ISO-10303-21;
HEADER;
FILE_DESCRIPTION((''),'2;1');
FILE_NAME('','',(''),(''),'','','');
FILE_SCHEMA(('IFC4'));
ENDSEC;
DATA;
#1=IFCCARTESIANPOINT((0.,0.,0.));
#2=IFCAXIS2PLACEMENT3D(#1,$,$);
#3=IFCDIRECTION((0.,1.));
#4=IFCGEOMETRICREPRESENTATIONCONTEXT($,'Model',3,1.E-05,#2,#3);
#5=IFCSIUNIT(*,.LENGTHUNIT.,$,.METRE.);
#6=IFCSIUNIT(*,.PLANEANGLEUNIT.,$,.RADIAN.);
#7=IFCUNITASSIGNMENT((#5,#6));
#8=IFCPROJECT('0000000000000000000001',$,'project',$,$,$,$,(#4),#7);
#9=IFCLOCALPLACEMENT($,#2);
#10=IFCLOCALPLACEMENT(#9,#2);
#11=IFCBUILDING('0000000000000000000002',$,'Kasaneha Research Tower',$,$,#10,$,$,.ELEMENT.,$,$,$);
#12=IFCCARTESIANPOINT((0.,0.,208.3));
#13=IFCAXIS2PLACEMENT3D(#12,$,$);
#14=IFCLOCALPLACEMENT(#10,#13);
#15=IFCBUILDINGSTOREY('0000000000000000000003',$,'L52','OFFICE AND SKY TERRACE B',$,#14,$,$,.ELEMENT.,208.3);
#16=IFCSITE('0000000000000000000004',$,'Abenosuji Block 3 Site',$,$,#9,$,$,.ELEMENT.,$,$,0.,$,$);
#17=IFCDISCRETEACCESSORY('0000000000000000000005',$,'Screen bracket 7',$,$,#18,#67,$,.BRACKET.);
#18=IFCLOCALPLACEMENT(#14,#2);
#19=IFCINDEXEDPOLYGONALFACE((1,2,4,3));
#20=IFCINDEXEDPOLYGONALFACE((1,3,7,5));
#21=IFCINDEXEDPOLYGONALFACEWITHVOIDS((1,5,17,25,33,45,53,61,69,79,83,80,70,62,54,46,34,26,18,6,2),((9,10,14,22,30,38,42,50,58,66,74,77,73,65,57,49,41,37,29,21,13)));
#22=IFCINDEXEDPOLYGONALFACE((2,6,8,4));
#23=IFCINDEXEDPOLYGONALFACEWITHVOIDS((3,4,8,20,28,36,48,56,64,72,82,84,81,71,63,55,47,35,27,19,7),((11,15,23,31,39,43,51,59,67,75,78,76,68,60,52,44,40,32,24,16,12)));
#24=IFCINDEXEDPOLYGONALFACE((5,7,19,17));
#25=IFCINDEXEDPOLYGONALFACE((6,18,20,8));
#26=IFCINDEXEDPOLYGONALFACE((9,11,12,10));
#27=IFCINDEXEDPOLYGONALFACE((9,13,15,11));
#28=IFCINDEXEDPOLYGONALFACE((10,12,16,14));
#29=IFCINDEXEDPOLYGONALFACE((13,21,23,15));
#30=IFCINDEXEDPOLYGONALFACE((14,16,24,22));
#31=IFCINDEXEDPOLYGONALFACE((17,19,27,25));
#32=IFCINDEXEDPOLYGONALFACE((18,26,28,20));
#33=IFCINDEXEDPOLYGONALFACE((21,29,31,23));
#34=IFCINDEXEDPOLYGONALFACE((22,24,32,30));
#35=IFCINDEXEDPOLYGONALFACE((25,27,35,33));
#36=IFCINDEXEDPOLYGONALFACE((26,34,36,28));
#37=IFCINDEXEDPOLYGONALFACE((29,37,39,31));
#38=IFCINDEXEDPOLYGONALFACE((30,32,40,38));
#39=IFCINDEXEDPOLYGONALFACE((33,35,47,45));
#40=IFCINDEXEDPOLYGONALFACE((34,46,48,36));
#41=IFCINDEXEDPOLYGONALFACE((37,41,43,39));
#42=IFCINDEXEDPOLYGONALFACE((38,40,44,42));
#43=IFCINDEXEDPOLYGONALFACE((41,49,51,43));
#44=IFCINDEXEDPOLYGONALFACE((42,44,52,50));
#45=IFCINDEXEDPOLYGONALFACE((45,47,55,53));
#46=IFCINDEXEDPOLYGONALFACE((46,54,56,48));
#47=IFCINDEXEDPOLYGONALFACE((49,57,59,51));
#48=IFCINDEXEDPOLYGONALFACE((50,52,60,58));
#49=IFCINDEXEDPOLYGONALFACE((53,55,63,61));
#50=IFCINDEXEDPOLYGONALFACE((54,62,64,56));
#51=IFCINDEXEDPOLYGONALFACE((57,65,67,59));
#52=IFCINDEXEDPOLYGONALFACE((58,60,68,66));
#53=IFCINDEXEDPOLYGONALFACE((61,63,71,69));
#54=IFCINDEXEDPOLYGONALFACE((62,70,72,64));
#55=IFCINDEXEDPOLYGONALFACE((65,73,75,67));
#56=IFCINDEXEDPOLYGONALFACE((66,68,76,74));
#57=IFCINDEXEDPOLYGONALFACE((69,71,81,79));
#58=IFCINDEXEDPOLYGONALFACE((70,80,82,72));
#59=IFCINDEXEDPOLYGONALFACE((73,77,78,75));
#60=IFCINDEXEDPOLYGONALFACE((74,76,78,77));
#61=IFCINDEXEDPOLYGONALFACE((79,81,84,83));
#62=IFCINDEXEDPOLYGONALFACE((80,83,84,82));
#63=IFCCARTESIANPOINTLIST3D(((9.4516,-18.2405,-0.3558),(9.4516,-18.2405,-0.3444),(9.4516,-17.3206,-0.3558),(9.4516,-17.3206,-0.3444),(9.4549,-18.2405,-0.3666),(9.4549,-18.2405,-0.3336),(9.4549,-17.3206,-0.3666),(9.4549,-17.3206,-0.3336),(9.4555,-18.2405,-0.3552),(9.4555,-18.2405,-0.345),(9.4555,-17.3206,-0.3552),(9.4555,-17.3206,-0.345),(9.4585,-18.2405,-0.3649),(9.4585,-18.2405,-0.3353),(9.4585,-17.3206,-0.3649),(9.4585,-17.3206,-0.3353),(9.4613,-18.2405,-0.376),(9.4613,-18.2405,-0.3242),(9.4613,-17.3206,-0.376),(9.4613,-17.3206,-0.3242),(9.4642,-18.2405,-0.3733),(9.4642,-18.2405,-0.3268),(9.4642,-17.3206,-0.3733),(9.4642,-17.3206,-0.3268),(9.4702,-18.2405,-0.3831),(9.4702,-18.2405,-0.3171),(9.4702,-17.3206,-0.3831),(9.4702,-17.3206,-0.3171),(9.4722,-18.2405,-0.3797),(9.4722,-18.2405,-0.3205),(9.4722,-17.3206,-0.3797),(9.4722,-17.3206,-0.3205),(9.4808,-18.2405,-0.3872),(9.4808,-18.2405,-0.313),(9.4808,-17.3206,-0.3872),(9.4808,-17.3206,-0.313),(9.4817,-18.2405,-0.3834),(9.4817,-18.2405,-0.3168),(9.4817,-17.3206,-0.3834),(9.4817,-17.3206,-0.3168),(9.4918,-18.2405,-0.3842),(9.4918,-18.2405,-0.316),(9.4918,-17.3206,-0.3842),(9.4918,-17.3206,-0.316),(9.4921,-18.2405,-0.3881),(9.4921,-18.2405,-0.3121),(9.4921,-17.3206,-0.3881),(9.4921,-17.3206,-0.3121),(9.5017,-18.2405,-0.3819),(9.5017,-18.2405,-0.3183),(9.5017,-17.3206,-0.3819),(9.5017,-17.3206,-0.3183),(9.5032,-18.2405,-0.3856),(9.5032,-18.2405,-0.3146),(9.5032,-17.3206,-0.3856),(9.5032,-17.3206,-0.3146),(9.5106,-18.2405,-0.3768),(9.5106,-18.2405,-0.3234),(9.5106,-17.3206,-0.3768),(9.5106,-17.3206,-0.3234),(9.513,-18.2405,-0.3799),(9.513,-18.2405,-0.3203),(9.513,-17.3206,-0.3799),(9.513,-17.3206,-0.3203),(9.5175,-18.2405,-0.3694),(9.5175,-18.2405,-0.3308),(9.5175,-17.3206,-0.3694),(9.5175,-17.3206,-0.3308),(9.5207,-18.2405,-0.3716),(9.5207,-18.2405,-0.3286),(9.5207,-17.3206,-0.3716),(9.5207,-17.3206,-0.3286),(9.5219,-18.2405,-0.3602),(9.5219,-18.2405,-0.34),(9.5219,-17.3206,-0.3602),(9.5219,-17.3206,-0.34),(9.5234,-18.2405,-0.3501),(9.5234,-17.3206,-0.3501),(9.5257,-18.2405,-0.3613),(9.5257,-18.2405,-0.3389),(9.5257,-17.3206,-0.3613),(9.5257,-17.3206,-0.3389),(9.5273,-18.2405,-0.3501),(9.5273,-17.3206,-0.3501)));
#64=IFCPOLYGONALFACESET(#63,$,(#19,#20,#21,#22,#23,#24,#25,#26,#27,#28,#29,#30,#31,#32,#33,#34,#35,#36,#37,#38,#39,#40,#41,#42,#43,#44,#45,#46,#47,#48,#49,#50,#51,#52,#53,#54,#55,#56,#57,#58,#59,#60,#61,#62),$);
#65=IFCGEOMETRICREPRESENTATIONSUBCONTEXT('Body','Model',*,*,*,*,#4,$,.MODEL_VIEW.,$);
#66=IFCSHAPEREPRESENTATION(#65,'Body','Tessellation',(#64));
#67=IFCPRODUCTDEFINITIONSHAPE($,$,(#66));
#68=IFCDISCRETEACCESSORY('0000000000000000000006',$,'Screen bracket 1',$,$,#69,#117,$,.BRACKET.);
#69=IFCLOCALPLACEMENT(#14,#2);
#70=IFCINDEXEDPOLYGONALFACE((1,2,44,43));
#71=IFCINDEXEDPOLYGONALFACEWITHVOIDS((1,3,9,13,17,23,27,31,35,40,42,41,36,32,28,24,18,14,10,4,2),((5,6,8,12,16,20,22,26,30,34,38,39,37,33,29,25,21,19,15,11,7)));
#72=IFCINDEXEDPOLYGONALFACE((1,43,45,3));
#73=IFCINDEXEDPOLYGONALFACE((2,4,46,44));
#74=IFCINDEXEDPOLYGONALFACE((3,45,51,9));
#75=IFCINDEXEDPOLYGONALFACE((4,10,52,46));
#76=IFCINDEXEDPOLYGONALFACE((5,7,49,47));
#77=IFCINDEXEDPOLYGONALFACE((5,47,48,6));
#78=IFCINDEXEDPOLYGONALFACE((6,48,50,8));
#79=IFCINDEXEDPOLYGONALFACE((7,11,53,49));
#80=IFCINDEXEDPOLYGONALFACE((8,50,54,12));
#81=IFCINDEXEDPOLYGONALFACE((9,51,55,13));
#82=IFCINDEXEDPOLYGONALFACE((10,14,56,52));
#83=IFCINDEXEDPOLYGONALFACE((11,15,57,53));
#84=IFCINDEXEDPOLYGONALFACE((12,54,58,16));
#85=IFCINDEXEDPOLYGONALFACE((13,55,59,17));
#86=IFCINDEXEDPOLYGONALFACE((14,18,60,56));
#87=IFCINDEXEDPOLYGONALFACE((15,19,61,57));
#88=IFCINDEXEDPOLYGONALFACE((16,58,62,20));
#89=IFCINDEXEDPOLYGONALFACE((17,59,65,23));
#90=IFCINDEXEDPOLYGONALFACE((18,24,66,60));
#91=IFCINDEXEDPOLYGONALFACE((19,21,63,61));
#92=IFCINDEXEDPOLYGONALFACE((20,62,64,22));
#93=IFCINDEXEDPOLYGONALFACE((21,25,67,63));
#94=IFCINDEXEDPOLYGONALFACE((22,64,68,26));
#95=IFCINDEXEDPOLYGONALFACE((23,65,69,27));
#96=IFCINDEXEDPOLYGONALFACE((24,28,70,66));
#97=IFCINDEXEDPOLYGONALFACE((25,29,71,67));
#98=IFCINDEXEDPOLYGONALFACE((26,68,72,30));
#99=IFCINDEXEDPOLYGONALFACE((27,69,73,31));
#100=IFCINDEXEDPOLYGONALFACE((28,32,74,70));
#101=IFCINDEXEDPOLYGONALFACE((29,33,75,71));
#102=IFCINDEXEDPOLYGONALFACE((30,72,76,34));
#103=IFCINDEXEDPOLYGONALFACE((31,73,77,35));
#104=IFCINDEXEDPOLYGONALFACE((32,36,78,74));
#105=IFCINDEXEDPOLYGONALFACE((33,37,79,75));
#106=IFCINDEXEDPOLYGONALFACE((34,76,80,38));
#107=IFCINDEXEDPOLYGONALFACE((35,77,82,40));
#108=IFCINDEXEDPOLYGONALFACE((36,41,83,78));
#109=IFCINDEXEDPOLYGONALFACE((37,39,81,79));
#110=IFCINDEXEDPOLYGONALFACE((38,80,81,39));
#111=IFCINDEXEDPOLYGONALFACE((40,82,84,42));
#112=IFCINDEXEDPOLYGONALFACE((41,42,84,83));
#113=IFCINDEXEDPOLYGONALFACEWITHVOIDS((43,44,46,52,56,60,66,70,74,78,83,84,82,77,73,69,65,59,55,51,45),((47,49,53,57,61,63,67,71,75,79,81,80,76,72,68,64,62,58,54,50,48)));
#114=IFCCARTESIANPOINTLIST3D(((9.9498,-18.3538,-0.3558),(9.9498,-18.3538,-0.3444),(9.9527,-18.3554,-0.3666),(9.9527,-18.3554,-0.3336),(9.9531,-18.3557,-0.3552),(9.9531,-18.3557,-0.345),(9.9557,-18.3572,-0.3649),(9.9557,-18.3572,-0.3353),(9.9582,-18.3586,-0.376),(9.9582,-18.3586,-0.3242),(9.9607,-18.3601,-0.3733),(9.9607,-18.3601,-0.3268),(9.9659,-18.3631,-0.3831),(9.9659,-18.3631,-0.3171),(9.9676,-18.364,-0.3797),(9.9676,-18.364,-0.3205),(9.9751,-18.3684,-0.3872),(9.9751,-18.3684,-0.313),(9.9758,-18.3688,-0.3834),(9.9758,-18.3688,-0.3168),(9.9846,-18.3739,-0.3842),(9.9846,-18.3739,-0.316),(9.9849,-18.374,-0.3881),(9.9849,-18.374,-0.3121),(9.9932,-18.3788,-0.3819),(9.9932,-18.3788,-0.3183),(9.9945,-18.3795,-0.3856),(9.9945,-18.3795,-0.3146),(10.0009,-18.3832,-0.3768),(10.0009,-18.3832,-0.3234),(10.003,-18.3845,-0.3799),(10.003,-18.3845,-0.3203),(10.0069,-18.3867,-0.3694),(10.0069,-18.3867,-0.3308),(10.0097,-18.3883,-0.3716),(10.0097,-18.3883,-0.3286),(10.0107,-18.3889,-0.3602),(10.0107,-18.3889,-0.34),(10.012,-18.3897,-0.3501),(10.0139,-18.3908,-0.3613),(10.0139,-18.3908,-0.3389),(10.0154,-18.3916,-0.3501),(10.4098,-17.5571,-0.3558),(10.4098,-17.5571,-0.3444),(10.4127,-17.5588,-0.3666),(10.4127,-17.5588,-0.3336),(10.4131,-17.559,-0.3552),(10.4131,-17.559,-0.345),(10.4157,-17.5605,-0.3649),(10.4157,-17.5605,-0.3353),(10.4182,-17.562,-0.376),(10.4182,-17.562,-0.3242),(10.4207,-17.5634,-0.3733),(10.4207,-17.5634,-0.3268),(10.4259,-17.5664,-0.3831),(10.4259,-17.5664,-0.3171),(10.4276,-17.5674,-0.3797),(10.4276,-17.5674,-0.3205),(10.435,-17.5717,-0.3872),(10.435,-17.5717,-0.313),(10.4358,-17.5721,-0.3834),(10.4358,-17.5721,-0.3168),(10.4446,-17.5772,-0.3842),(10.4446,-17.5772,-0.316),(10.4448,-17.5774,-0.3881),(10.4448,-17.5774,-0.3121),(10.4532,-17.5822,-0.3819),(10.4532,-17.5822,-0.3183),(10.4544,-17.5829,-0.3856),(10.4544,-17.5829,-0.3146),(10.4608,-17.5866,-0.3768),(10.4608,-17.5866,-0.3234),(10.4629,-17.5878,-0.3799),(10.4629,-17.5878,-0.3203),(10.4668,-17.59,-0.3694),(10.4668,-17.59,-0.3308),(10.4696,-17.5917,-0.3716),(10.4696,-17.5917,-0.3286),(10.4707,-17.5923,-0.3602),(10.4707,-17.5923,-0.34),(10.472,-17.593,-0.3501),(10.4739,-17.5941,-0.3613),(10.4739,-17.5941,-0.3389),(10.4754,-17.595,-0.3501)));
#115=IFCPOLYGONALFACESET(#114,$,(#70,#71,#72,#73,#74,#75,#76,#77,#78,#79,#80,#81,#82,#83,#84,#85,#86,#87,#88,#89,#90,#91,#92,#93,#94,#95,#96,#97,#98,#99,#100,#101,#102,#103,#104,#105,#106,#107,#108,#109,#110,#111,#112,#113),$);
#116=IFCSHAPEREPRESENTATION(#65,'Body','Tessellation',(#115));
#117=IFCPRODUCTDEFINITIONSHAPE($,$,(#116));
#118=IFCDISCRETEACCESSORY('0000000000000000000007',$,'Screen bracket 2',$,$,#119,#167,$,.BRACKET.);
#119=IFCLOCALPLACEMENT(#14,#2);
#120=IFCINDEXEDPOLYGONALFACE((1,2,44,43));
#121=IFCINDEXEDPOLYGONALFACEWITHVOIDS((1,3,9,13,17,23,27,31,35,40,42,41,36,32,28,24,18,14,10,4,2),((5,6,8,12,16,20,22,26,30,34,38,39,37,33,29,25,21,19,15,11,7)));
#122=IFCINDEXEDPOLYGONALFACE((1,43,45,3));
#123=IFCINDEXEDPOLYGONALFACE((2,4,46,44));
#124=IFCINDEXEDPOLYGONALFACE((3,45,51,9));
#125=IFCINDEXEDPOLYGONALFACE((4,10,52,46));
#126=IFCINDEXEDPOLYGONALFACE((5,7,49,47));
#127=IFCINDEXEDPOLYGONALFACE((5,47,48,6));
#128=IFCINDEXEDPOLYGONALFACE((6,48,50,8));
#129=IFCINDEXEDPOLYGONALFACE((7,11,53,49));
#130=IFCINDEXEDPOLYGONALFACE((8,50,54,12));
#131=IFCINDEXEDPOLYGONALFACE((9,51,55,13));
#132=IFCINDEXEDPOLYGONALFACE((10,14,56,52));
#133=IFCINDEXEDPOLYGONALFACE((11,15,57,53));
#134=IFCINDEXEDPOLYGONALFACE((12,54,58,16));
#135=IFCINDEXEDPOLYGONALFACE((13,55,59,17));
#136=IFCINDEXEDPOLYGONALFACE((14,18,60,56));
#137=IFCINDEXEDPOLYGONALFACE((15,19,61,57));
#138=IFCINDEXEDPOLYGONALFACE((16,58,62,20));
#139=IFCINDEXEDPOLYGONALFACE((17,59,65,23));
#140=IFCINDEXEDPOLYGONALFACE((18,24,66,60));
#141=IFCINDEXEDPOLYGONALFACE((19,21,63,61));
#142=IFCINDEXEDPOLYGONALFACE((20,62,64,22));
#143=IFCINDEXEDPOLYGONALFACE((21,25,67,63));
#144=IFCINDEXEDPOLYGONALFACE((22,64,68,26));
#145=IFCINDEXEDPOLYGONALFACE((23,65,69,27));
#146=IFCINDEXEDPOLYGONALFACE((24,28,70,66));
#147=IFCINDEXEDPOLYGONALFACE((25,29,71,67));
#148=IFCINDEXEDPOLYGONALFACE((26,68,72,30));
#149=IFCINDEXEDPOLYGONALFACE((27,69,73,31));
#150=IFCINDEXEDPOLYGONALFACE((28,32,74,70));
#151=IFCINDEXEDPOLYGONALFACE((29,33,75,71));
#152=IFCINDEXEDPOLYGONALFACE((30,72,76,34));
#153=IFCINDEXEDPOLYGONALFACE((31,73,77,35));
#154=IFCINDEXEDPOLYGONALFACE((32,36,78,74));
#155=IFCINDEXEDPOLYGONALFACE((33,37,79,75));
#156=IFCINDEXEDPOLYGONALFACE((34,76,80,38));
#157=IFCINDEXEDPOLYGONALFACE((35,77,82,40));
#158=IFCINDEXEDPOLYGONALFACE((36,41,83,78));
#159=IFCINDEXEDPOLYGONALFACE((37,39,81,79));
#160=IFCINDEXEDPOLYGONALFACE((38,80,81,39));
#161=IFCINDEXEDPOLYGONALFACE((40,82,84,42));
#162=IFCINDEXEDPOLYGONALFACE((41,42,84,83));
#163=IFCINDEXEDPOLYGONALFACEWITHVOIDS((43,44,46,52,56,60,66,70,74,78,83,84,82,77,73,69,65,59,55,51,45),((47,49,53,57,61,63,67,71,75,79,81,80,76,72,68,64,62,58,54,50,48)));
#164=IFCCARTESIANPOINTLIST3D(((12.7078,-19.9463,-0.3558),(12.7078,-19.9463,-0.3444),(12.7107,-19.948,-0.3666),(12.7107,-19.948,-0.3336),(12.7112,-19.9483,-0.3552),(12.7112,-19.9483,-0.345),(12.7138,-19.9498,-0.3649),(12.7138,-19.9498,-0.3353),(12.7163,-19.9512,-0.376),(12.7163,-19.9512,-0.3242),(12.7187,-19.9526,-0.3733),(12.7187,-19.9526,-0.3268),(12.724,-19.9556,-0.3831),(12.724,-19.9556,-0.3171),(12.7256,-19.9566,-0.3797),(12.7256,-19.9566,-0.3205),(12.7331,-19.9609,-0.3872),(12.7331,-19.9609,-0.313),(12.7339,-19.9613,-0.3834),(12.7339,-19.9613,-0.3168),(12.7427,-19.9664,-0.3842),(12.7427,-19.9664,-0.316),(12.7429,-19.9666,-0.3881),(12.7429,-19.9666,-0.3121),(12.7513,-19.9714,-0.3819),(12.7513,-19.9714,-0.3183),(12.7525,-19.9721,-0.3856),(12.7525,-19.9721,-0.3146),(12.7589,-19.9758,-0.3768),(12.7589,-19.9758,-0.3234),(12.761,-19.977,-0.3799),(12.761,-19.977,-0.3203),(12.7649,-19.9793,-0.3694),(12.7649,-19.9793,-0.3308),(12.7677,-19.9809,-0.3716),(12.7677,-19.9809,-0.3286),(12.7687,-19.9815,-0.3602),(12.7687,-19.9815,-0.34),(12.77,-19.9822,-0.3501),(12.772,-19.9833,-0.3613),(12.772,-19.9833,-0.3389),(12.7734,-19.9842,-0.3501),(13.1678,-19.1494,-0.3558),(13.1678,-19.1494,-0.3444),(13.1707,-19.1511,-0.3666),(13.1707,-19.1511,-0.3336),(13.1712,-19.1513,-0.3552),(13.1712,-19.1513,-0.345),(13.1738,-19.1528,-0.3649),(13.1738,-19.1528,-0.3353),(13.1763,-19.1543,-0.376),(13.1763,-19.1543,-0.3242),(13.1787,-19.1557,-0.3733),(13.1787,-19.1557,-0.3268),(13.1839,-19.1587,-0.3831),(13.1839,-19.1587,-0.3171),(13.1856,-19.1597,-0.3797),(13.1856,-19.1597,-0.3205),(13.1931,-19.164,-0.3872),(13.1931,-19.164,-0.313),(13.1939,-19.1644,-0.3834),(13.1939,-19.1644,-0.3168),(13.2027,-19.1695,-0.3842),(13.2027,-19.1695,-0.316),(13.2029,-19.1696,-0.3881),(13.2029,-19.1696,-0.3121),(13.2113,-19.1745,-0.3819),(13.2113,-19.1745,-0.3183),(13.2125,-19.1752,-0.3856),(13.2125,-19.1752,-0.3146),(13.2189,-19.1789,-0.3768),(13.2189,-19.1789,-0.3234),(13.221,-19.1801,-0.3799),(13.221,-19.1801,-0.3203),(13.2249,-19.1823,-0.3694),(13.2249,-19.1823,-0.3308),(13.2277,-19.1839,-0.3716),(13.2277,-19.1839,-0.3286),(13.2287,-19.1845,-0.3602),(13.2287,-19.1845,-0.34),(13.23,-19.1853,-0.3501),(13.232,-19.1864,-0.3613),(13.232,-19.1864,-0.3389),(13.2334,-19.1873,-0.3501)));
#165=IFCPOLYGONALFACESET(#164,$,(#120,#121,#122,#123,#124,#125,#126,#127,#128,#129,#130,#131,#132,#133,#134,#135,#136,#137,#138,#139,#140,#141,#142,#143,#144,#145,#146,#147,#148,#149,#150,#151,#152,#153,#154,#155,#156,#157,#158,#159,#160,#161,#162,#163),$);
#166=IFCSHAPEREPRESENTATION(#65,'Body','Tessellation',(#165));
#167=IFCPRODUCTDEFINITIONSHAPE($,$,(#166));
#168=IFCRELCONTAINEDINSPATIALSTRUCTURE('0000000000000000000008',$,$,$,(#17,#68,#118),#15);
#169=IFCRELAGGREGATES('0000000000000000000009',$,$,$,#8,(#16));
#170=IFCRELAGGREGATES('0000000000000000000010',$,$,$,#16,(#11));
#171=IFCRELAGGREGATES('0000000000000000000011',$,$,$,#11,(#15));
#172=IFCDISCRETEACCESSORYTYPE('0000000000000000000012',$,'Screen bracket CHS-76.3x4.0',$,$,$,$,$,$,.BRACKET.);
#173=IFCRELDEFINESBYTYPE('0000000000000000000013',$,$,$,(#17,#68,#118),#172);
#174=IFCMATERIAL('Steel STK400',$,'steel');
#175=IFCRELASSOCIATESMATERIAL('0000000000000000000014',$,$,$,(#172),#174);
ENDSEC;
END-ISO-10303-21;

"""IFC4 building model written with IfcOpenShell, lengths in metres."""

from ifc_helpers import new_model, si_unit, direction, frame, origin, origin_2d, place, context, subcontext, project, spatial, hollow_circle, extrude, material, material_profile, profile_set, type_object, element, save


model = new_model("IFC4")

# Units and contexts
model_context = context("Model", 3, precision=1e-05, world=origin(), true_north=direction((0.0, 1.0)))
body_context = subcontext(model_context, "Body", "Model", "MODEL_VIEW")
ifc_project = project(units=[si_unit("LENGTHUNIT", "METRE"), si_unit("PLANEANGLEUNIT", "RADIAN")], contexts=[model_context])

# Site, building, storey
site_placement = place(None, origin())
site = spatial("IfcSite", under=ifc_project, at=site_placement, Name="Abenosuji Block 3 Site", CompositionType="ELEMENT", RefElevation=0.0)
building_placement = place(site_placement, origin())
building = spatial("IfcBuilding", under=site, at=building_placement, Name="Kasaneha Research Tower", CompositionType="ELEMENT")
storey_placement = place(building_placement, frame((0.0, 0.0, 208.3)))
storey = spatial("IfcBuildingStorey", under=building, at=storey_placement, Name="L52", Description="OFFICE AND SKY TERRACE B", CompositionType="ELEMENT", Elevation=208.3)

# Discrete accessories
ifc_material_1 = material(Name="Steel STK400", Category="steel")
ifc_material_profile_1 = material_profile(ifc_material_1, hollow_circle(Radius=0.0381, WallThickness=0.0039, at=origin_2d()), Name="CHS-76.3x4.0")
ifc_profile_set_1 = profile_set([ifc_material_profile_1], Name="Steel STK400")
discrete_accessory_type = type_object("IfcDiscreteAccessoryType", Name="Screen bracket CHS-76.3x4.0", PredefinedType="BRACKET", material=ifc_profile_set_1)
for number, where, z_axis, x_axis, name in (
    (1, (9.4893, -17.3206, -0.3501), (0.0, -1.0, 0.0), (1.0, 0.0, 0.0), "Screen bracket 7"),
    (2, (10.4424, -17.5759, -0.3501), (-0.500021, -0.866013, 0.0), (0.866013, -0.500021, 0.0), "Screen bracket 1"),
):
    element("IfcDiscreteAccessory", number, at=place(storey_placement, frame(where, z_axis=z_axis, x_axis=x_axis)), inside=storey, type_object=discrete_accessory_type, Name=name, PredefinedType="BRACKET", context=body_context, shape_type="SweptSolid", body=[
        extrude(hollow_circle(Radius=0.0381, WallThickness=0.0039, at=origin_2d()), origin(), (0.0, 0.0, 1.0), 0.9199),
    ])
discrete_accessory_1_placement = place(storey_placement, frame((13.2004, -19.1682, -0.3501), z_axis=(-0.499906, -0.86608, 0.0), x_axis=(0.86608, -0.499906, 0.0)))
element("IfcDiscreteAccessory", 3, at=discrete_accessory_1_placement, inside=storey, type_object=discrete_accessory_type, Name="Screen bracket 2", PredefinedType="BRACKET", context=body_context, shape_type="SweptSolid", body=[
    extrude(hollow_circle(Radius=0.0381, WallThickness=0.0039, at=origin_2d()), origin(), (0.0, 0.0, 1.0), 0.9202),
])

save(model, "model.ifc")
